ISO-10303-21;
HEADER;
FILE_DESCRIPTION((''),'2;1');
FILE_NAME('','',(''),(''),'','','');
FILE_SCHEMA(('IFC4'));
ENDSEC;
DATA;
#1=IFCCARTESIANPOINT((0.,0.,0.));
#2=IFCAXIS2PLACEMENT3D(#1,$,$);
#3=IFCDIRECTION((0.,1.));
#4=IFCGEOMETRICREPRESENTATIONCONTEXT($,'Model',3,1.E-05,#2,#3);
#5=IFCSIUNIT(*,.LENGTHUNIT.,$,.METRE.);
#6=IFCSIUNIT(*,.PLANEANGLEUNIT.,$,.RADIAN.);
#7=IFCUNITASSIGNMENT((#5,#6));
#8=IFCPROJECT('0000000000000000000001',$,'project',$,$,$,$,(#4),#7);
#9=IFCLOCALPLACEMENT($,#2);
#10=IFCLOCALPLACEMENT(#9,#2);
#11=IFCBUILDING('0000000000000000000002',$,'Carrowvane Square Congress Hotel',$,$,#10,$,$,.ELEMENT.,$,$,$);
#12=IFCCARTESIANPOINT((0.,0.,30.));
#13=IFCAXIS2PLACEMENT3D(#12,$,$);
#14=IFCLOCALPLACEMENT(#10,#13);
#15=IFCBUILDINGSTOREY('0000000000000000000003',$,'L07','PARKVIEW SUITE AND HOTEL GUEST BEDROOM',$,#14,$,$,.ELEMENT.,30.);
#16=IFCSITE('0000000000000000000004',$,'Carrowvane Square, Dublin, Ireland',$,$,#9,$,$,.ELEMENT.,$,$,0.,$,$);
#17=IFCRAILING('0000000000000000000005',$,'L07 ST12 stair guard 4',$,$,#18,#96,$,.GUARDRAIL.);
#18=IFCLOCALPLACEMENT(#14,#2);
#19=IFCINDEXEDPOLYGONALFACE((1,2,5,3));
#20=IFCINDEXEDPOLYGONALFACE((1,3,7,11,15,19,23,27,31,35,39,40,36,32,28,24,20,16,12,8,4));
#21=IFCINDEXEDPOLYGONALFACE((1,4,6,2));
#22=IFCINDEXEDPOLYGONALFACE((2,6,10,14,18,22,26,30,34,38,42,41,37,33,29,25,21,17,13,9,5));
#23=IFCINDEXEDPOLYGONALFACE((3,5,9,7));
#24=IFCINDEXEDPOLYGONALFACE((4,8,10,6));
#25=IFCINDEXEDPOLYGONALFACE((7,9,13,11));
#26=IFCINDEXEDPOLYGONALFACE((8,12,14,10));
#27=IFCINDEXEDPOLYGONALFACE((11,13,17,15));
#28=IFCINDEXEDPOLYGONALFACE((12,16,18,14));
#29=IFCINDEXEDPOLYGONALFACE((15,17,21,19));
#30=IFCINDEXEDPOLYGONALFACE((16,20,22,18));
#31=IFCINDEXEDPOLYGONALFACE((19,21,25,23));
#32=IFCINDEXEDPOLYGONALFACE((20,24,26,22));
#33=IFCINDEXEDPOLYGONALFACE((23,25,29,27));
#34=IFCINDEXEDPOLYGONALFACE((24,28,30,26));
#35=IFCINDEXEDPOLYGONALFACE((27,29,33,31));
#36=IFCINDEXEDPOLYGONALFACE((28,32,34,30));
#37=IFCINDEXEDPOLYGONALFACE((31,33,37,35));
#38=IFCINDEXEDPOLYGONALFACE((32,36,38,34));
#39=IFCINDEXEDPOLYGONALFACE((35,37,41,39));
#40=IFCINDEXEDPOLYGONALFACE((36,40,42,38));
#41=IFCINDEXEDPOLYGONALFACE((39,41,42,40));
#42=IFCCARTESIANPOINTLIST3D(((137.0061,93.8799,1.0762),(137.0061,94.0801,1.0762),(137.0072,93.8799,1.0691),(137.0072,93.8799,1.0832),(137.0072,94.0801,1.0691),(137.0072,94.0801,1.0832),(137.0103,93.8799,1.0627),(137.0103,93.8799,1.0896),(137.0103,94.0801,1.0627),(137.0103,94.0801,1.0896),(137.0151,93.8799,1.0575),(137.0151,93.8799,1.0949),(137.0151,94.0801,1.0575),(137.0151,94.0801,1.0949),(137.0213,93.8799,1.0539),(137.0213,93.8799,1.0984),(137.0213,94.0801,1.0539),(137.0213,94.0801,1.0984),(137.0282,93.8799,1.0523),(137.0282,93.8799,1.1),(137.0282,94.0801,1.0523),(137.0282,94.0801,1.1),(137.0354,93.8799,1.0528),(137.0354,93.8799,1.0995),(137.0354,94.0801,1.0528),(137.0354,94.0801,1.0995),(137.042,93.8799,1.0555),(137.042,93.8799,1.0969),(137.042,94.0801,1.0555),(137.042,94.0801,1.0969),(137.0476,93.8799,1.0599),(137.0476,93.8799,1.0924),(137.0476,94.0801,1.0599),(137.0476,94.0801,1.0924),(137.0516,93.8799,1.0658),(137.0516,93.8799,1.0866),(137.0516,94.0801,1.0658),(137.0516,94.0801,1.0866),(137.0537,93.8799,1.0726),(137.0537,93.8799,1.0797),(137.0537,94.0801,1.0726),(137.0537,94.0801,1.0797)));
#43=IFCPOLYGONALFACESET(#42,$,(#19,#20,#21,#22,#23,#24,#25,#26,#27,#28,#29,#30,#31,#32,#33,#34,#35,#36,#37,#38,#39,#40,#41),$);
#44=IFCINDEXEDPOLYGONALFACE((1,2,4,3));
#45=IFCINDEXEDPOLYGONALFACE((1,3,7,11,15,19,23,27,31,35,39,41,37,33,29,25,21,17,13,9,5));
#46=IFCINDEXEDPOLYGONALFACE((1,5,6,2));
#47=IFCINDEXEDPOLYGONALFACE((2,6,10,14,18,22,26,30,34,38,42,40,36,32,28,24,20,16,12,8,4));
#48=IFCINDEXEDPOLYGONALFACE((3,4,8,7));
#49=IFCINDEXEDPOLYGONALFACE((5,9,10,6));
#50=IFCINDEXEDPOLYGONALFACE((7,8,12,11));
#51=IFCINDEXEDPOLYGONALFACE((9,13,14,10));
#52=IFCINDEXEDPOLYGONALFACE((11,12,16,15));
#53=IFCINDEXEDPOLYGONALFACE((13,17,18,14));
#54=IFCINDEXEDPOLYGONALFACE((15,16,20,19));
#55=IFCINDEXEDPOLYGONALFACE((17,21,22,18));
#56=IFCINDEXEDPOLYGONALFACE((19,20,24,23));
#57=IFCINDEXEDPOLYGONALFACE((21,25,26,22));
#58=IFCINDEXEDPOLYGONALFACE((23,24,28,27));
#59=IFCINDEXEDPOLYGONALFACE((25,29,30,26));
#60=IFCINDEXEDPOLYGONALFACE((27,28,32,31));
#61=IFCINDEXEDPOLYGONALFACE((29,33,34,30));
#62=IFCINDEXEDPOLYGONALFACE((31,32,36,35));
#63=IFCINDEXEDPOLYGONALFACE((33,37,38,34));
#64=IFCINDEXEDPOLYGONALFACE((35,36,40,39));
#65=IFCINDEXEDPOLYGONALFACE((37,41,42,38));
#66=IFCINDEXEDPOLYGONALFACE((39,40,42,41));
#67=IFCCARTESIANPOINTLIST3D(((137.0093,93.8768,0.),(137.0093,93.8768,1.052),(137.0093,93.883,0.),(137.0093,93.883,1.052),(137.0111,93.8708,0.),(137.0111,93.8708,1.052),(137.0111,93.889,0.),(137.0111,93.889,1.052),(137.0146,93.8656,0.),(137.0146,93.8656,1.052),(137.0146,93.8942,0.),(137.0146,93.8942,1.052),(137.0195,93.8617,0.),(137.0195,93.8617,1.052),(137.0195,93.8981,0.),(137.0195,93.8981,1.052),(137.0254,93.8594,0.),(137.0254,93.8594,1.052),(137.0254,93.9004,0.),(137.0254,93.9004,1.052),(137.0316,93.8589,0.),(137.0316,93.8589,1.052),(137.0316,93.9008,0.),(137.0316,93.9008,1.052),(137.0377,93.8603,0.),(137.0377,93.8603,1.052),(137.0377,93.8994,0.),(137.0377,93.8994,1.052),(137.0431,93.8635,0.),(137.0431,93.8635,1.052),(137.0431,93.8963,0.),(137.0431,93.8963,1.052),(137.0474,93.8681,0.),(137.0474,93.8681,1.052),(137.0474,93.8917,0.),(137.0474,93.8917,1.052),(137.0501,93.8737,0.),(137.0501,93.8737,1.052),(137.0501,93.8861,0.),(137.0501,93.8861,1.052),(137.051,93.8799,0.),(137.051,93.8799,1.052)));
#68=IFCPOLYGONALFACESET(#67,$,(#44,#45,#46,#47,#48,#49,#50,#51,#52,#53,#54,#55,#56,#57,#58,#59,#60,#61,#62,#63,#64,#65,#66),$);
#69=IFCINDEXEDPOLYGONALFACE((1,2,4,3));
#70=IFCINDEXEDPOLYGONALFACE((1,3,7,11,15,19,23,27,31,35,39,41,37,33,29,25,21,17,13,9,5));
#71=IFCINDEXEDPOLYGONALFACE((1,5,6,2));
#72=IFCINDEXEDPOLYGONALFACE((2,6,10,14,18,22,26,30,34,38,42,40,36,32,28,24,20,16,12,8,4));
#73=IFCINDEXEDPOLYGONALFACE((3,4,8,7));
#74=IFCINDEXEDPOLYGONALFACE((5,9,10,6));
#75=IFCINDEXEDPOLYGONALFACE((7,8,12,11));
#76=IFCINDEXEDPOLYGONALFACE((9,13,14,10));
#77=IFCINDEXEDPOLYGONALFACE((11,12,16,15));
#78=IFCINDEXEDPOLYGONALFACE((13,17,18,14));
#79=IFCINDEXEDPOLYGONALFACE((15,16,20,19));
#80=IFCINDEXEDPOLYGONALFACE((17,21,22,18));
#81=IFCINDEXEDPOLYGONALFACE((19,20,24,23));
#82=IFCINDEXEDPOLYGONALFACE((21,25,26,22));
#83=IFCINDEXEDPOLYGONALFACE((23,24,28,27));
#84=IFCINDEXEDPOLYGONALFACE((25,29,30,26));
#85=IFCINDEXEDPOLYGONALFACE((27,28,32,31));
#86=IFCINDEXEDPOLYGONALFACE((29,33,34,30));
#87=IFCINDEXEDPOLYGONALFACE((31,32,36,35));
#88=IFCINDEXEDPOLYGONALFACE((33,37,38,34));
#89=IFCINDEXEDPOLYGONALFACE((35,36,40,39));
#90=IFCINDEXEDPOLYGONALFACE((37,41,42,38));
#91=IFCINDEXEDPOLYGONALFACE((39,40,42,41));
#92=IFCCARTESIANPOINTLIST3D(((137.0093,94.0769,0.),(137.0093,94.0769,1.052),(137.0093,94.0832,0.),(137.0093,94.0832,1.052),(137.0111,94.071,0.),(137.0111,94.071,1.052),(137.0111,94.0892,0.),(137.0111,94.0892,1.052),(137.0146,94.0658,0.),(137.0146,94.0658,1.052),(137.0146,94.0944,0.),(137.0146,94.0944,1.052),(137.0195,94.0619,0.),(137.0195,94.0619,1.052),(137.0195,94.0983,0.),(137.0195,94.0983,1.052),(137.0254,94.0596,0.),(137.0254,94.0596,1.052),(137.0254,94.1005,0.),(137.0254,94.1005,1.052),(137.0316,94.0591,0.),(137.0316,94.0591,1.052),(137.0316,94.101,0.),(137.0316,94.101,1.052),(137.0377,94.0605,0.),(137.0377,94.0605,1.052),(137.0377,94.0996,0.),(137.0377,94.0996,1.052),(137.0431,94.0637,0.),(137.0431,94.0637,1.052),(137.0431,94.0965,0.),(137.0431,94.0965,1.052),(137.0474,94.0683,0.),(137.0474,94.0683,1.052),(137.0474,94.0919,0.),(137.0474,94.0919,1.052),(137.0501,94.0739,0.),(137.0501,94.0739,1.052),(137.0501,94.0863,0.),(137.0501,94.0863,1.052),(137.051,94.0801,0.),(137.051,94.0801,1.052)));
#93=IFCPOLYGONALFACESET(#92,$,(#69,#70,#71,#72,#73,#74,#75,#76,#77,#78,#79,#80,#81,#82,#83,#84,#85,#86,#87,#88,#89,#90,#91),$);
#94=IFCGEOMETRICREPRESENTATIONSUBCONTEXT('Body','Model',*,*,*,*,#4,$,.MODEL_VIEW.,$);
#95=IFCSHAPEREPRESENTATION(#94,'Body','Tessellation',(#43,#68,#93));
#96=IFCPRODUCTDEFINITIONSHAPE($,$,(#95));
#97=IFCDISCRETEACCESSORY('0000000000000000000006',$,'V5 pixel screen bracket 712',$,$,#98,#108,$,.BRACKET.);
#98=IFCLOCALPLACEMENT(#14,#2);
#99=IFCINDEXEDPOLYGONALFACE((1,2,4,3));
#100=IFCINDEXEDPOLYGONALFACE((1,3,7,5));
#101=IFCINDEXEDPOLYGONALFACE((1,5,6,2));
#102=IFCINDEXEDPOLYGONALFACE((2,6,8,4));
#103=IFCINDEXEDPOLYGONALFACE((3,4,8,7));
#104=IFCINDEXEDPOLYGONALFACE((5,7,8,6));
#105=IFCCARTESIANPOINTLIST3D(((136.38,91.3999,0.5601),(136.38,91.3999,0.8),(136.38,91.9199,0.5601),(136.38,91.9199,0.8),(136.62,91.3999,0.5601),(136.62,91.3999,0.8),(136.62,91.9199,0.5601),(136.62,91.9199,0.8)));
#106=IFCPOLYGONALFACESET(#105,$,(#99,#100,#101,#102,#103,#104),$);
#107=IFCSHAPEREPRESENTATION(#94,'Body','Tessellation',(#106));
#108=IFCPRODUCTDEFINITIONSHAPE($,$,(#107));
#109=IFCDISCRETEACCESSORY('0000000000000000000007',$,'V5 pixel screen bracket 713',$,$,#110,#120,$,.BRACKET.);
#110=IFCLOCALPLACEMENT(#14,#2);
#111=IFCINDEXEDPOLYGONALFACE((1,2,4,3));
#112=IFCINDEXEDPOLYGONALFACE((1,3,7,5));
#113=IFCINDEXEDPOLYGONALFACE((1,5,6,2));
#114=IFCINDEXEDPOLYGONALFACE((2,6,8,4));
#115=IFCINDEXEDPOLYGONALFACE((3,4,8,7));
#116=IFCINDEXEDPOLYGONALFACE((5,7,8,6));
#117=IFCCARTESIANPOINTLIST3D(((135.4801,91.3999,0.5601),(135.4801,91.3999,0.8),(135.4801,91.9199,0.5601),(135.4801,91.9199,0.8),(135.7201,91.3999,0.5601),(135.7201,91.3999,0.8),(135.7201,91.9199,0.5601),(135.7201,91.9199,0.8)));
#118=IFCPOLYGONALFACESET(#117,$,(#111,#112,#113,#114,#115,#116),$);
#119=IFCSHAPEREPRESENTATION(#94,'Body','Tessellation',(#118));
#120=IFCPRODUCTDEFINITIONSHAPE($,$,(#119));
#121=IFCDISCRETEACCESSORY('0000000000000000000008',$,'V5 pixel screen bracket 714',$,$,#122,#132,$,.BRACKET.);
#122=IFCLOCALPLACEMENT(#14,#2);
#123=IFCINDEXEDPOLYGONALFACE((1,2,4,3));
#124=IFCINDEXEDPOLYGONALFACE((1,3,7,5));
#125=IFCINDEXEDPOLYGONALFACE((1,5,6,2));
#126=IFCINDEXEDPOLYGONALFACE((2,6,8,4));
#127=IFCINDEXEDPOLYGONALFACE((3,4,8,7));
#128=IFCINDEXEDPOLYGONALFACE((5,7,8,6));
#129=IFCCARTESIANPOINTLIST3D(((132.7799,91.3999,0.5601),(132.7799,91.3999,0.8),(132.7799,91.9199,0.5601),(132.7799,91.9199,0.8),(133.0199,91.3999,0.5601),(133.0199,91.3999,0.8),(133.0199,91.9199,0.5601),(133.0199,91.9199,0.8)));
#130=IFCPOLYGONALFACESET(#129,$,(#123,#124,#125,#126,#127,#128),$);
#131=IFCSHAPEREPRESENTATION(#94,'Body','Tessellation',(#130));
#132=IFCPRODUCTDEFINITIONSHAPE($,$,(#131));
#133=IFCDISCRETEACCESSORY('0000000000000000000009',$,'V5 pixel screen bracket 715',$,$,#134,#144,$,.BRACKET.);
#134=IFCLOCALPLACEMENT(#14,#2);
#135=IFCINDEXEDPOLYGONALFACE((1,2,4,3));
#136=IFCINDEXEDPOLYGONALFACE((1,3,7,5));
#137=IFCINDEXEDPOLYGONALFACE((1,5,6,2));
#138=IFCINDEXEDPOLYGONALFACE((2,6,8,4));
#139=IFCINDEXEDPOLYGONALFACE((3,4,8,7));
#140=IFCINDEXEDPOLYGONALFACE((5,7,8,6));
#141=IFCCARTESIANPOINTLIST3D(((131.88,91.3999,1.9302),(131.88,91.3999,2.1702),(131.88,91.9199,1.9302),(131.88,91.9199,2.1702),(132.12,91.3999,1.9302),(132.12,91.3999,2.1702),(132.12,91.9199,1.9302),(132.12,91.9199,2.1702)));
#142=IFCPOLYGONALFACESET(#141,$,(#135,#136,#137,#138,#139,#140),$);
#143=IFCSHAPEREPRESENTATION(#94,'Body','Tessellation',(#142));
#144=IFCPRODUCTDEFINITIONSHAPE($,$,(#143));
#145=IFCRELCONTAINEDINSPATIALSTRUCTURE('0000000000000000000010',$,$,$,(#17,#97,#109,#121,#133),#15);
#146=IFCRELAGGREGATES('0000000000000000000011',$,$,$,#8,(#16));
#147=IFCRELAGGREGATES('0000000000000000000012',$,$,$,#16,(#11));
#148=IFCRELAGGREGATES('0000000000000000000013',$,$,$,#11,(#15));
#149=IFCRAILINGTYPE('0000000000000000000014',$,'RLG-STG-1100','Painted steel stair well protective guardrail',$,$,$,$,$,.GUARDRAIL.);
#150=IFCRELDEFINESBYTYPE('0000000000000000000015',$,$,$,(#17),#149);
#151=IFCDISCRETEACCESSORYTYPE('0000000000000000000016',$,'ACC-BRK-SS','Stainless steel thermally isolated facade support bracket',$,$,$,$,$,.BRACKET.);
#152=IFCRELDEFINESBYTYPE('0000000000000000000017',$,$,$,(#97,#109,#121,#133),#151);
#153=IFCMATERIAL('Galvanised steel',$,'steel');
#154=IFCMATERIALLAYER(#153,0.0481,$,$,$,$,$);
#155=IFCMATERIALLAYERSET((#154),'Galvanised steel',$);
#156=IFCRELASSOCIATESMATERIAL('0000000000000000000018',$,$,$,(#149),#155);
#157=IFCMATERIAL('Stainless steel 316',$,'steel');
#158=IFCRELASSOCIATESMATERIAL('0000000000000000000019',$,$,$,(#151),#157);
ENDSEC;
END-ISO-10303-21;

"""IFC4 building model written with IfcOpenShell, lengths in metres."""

from ifc_helpers import new_model, si_unit, direction, frame, origin, origin_2d, place, context, subcontext, project, spatial, rectangle, circle, extrude, material, layer, layer_set, type_object, element, save


model = new_model("IFC4")

# Units and contexts
model_context = context("Model", 3, precision=1e-05, world=origin(), true_north=direction((0.0, 1.0)))
body_context = subcontext(model_context, "Body", "Model", "MODEL_VIEW")
ifc_project = project(units=[si_unit("LENGTHUNIT", "METRE"), si_unit("PLANEANGLEUNIT", "RADIAN")], contexts=[model_context])

# Site, building, storey
site_placement = place(None, origin())
site = spatial("IfcSite", under=ifc_project, at=site_placement, Name="Carrowvane Square, Dublin, Ireland", CompositionType="ELEMENT", RefElevation=0.0)
building_placement = place(site_placement, origin())
building = spatial("IfcBuilding", under=site, at=building_placement, Name="Carrowvane Square Congress Hotel", CompositionType="ELEMENT")
storey_placement = place(building_placement, frame((0.0, 0.0, 30.0)))
storey = spatial("IfcBuildingStorey", under=building, at=storey_placement, Name="L07", Description="PARKVIEW SUITE AND HOTEL GUEST BEDROOM", CompositionType="ELEMENT", Elevation=30.0)

# Railing
ifc_material_1 = material(Name="Galvanised steel", Category="steel")
ifc_layer_1 = layer(ifc_material_1, 0.0481)
ifc_layer_set_1 = layer_set([ifc_layer_1], Name="Galvanised steel")
railing_type_1 = type_object("IfcRailingType", Name="RLG-STG-1100", Description="Painted steel stair well protective guardrail", PredefinedType="GUARDRAIL", material=ifc_layer_set_1)
railing_1_placement = place(storey_placement, frame((137.03, 93.8799, 0.0)))
element("IfcRailing", 1, at=railing_1_placement, inside=storey, type_object=railing_type_1, Name="L07 ST12 stair guard 4", PredefinedType="GUARDRAIL", context=body_context, shape_type="SweptSolid", body=[
    extrude(circle(Radius=0.0239, at=origin_2d()), frame((0.0, 0.0, 1.0762), z_axis=(0.0, 1.0, 0.0), x_axis=(-1.0, 0.0, 0.0)), (0.0, 0.0, 1.0), 0.2002),
    extrude(circle(Radius=0.021, at=origin_2d()), origin(), (0.0, 0.0, 1.0), 1.052),
    extrude(circle(Radius=0.021, at=origin_2d()), frame((0.0, 0.2002, 0.0)), (0.0, 0.0, 1.0), 1.052),
])

# Discrete accessories
ifc_material_2 = material(Name="Stainless steel 316", Category="steel")
discrete_accessory_type = type_object("IfcDiscreteAccessoryType", Name="ACC-BRK-SS", Description="Stainless steel thermally isolated facade support bracket", PredefinedType="BRACKET", material=ifc_material_2)
for number, where, z_axis, x_axis, name in (
    (2, (136.5, 91.6599, 0.5601), (0.0, 0.0, 1.0), (-1.0, 0.0, 0.0), "V5 pixel screen bracket 712"),
    (3, (135.6001, 91.6599, 0.5601), (0.0, 0.0, 1.0), (-1.0, 0.0, 0.0), "V5 pixel screen bracket 713"),
    (4, (132.8999, 91.6599, 0.5601), (0.0, 0.0, 1.0), (-1.0, 0.0, 0.0), "V5 pixel screen bracket 714"),
    (5, (132.0, 91.6599, 1.9302), (0.0, 0.0, 1.0), (-1.0, 0.0, 0.0), "V5 pixel screen bracket 715"),
):
    element("IfcDiscreteAccessory", number, at=place(storey_placement, frame(where, z_axis=z_axis, x_axis=x_axis)), inside=storey, type_object=discrete_accessory_type, Name=name, PredefinedType="BRACKET", context=body_context, shape_type="SweptSolid", body=[
        extrude(rectangle(XDim=0.24, YDim=0.52, at=origin_2d()), origin(), (0.0, 0.0, 1.0), 0.24),
    ])

save(model, "model.ifc")
